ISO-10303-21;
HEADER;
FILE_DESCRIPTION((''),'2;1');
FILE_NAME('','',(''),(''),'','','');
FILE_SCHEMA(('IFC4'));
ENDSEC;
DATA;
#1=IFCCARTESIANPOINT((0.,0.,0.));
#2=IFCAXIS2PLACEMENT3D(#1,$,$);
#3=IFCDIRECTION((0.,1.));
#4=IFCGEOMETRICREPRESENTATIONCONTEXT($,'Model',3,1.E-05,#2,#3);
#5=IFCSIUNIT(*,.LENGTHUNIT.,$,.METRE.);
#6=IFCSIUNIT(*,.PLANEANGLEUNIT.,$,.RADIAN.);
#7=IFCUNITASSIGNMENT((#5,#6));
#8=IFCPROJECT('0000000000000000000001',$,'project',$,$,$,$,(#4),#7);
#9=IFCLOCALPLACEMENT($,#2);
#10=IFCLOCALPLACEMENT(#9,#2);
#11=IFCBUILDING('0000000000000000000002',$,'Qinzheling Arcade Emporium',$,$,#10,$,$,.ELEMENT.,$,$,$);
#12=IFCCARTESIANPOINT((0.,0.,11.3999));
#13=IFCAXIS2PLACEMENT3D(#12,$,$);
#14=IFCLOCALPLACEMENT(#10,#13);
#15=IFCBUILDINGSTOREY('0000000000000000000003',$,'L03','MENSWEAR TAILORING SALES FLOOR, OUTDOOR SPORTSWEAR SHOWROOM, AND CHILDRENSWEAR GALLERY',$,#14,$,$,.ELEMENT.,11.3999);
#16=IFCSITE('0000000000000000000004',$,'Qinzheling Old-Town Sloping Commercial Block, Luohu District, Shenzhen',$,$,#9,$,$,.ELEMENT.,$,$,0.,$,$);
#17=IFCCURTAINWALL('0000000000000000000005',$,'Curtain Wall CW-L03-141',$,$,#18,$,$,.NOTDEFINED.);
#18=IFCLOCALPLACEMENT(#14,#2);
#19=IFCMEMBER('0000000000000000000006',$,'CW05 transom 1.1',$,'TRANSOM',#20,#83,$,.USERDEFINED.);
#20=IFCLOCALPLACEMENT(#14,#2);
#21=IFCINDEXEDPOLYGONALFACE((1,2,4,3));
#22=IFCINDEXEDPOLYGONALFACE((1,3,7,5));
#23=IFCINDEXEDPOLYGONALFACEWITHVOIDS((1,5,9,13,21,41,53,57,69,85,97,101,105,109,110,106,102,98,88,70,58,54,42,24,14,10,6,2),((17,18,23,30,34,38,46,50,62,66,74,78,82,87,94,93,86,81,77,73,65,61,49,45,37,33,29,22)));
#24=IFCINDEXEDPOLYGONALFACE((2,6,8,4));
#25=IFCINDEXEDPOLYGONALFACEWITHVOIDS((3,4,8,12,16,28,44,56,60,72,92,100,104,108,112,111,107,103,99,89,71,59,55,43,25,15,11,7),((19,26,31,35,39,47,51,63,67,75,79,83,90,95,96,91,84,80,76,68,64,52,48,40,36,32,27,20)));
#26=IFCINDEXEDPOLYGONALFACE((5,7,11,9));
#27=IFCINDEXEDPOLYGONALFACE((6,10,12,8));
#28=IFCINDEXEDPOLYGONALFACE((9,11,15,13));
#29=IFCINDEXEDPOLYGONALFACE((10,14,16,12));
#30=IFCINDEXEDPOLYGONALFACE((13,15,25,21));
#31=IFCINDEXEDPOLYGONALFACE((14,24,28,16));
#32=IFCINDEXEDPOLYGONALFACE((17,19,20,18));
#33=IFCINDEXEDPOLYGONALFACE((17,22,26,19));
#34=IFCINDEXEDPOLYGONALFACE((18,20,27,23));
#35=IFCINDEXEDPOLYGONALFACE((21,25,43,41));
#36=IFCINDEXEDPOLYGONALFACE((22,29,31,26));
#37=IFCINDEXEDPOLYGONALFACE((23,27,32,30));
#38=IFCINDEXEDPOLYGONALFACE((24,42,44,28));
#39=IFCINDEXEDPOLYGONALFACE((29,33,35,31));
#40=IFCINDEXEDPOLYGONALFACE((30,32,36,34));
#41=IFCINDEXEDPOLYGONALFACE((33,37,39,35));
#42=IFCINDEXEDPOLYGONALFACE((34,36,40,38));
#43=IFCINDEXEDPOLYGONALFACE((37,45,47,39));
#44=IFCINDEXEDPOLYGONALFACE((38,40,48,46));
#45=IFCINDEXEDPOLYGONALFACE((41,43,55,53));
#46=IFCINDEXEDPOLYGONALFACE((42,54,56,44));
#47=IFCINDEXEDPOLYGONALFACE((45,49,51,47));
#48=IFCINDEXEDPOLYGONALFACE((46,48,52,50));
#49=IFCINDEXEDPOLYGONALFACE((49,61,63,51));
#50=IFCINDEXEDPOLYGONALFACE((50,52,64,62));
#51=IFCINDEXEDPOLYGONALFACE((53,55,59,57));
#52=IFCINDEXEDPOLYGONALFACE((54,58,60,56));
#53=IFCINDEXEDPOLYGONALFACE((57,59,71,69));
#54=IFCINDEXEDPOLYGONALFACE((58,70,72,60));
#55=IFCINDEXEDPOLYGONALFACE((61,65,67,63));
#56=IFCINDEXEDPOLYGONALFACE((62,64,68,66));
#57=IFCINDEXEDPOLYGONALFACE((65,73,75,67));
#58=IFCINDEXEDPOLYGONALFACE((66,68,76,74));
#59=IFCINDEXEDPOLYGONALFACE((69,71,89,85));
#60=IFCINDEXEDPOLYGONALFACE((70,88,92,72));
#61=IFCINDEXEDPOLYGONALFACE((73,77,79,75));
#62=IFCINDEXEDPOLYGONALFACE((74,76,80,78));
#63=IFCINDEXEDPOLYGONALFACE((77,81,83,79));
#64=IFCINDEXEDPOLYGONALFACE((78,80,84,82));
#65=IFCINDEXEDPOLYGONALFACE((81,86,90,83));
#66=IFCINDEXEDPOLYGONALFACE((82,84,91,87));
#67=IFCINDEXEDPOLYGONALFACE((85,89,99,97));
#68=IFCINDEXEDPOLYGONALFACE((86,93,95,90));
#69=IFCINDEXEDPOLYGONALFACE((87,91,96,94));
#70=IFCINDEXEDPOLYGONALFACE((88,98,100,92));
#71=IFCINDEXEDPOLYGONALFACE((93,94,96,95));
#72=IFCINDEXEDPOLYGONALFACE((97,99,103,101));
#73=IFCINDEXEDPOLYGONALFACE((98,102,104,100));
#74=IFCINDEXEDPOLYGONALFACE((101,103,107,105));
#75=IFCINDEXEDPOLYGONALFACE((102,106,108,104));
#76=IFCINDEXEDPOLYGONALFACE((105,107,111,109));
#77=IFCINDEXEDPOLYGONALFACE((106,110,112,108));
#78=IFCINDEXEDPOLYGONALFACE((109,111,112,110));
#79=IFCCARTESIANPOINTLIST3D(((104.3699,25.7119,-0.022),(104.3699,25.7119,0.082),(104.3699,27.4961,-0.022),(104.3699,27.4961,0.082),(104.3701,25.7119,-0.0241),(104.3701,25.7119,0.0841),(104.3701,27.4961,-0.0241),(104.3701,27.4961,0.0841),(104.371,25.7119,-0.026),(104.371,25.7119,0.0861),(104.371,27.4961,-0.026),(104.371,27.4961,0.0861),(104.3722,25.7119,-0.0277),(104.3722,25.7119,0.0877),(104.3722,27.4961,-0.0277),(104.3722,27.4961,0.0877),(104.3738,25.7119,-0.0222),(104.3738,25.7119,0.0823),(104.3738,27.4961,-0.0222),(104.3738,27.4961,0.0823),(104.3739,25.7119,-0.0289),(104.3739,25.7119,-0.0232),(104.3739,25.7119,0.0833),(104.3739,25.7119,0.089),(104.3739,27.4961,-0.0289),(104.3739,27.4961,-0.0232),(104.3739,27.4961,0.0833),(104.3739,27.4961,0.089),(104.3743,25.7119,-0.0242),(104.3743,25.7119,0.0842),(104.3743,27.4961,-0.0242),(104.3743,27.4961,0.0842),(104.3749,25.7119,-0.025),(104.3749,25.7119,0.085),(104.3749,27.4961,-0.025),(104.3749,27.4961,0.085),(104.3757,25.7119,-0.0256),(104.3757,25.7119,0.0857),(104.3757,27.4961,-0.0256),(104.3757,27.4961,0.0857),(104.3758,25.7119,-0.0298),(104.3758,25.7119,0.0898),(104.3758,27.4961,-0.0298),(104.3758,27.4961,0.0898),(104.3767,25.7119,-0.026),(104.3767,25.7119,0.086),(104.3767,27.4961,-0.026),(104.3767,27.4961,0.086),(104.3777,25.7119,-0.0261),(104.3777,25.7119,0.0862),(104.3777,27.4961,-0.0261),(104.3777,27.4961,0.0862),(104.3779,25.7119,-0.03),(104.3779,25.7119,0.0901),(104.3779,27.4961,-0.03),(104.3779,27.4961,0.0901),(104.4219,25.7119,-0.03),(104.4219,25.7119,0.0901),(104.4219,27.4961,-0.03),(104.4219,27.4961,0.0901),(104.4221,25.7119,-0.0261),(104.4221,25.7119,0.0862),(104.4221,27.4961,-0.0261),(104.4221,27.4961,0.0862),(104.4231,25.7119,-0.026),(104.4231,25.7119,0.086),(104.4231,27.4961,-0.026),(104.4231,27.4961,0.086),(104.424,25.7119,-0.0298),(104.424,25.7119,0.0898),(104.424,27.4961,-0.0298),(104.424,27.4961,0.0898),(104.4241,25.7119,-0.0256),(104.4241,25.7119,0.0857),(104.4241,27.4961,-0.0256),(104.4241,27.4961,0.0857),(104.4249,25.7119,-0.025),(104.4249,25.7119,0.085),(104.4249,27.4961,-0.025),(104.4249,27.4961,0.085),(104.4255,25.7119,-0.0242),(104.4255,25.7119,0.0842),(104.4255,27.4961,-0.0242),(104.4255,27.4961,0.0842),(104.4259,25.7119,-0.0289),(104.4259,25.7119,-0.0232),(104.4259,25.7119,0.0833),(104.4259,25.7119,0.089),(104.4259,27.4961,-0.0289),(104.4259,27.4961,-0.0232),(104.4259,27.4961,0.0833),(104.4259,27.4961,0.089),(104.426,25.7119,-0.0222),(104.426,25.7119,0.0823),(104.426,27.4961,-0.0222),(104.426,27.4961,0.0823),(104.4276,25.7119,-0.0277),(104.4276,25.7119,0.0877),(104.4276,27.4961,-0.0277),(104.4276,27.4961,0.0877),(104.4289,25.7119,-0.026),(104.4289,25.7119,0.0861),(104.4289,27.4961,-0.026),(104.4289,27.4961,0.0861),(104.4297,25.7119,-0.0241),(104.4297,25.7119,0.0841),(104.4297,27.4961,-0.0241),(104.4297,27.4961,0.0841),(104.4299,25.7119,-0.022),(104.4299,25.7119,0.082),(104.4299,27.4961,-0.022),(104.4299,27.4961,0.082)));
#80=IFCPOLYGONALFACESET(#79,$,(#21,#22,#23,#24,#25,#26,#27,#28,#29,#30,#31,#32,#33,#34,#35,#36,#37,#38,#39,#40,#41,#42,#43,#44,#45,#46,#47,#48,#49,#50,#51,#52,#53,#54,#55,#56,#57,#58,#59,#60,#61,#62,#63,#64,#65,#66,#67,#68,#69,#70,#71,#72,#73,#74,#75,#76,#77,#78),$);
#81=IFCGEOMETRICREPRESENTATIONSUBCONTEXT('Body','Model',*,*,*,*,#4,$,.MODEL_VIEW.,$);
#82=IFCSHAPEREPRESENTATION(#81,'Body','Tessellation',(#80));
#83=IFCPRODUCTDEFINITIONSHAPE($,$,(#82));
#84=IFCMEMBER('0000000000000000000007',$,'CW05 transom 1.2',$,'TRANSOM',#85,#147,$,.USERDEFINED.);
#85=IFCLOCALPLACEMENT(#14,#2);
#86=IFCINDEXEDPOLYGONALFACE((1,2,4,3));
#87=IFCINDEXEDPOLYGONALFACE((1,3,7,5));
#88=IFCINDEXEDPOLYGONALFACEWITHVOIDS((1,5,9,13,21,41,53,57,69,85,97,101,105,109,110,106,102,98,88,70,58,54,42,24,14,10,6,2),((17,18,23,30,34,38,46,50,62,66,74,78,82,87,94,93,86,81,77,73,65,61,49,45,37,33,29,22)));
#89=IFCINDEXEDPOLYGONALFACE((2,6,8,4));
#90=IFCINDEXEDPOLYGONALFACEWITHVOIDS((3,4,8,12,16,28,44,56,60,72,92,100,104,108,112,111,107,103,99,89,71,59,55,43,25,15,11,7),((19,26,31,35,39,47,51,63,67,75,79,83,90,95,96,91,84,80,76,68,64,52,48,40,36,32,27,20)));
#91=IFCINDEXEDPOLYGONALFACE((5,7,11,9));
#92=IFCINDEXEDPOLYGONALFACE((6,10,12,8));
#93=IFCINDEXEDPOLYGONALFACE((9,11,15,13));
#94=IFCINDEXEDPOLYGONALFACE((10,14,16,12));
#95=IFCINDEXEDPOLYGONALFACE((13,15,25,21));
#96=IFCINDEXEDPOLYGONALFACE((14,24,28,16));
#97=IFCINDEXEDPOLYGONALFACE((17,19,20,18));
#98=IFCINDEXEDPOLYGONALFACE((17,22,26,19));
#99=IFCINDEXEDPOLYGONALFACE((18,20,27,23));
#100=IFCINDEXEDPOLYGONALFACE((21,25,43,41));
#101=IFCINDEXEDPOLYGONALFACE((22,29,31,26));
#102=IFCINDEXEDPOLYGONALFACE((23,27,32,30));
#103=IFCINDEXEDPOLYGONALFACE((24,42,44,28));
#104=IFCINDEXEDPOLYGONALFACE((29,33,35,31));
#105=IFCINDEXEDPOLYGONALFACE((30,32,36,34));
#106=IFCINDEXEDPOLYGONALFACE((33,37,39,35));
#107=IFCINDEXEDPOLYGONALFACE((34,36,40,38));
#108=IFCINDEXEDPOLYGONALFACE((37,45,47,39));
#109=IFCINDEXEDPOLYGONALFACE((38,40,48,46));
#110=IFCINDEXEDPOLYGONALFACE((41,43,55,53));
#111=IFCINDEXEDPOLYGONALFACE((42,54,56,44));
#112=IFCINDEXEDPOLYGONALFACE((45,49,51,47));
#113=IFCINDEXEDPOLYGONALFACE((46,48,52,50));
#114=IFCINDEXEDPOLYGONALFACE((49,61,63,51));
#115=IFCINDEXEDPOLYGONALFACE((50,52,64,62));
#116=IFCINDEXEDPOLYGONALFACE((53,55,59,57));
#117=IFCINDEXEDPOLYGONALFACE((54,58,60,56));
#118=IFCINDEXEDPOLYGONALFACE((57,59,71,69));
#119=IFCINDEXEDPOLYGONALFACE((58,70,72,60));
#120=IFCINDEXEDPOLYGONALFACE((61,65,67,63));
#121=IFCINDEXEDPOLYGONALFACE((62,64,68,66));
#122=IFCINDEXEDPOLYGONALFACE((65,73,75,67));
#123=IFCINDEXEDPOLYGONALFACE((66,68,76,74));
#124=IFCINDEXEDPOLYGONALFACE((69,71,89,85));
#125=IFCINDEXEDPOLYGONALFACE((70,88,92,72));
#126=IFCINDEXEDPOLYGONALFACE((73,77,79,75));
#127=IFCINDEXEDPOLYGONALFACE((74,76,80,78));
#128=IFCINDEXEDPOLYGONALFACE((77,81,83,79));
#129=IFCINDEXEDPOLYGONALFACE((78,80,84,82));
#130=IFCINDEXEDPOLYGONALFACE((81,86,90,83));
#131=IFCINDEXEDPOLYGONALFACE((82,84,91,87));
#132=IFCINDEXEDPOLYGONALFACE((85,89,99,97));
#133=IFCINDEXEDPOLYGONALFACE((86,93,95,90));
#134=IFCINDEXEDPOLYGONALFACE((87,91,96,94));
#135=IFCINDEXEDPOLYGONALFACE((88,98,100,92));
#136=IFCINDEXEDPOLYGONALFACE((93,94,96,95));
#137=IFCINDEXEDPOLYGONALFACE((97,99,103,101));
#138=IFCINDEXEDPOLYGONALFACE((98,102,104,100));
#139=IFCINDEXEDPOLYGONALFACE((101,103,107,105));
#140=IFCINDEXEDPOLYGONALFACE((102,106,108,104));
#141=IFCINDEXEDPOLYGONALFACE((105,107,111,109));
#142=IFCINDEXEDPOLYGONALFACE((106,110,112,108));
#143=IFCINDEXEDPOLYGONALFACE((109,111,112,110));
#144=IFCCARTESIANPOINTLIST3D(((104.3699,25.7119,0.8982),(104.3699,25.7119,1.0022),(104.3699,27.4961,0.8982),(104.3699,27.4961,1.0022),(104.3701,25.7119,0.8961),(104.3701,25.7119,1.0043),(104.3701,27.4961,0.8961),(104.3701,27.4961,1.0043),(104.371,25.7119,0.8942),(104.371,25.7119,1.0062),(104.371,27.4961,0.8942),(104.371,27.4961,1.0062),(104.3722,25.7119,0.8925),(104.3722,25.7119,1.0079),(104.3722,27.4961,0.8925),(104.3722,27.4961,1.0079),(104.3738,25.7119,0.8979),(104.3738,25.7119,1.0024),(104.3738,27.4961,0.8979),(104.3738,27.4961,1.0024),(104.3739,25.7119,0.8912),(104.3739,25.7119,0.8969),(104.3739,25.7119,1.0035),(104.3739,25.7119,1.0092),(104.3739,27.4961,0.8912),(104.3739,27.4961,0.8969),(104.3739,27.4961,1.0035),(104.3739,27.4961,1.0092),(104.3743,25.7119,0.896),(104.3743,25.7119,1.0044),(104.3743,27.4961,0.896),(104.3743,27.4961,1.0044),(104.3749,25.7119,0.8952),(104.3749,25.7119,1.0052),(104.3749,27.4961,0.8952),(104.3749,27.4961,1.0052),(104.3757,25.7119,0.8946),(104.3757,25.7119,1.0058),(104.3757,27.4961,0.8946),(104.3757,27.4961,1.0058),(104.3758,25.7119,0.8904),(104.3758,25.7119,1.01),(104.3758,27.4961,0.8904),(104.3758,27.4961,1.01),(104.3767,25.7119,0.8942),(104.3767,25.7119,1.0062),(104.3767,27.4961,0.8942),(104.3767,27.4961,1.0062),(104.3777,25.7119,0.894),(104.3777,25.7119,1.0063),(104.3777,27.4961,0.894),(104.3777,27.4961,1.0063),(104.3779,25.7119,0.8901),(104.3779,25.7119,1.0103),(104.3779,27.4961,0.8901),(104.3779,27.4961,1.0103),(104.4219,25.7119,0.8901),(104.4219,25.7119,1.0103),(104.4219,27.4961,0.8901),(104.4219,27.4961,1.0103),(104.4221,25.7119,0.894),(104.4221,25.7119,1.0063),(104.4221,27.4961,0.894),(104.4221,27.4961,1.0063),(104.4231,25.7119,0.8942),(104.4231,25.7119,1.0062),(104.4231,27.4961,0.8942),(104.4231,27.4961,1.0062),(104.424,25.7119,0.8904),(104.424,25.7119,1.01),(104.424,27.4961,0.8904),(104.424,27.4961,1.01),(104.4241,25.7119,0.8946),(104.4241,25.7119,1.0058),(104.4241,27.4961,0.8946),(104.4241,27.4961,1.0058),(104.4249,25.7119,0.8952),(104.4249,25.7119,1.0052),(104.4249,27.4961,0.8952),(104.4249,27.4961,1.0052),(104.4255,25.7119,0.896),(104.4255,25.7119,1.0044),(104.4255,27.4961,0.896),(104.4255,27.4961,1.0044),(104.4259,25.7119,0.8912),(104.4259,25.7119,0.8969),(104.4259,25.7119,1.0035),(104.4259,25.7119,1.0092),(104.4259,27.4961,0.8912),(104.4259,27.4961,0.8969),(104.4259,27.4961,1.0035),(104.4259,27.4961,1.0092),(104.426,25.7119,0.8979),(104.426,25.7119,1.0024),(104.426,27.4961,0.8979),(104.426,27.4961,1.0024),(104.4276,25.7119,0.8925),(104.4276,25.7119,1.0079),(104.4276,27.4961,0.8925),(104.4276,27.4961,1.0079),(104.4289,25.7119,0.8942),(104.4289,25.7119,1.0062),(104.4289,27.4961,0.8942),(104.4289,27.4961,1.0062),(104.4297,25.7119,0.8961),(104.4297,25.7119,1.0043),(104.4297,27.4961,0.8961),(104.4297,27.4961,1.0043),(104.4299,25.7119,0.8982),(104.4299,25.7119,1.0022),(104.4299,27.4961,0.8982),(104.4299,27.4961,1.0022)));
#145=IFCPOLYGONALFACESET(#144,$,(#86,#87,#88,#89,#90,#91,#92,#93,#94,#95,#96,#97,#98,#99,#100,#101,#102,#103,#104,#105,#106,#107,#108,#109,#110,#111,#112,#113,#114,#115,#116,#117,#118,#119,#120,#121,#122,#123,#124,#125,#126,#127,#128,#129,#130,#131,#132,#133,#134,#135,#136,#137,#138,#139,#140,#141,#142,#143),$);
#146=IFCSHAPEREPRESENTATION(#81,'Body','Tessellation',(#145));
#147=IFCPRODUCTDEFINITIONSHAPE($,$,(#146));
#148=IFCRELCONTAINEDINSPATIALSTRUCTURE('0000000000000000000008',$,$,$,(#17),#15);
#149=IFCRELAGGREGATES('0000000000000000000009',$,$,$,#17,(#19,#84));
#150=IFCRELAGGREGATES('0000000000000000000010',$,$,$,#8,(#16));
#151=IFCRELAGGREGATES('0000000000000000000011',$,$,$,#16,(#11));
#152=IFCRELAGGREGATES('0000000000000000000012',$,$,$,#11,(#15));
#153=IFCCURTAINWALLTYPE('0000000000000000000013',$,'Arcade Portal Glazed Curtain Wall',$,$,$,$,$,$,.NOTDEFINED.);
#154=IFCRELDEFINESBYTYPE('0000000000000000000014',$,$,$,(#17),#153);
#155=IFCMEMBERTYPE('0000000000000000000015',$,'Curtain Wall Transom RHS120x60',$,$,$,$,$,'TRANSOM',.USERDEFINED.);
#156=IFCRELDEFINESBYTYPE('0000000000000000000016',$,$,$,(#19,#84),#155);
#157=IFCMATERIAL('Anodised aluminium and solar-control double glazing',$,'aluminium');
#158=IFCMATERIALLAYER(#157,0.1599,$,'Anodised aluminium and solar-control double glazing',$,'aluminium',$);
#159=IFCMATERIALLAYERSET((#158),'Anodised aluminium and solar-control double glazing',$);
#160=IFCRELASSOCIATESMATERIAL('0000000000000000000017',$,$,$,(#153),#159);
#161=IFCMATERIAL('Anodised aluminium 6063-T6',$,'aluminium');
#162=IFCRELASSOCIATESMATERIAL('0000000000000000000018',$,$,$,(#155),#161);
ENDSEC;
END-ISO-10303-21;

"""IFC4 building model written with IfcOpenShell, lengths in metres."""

from ifc_helpers import new_model, si_unit, direction, frame, origin, origin_2d, place, context, subcontext, project, spatial, hollow_rectangle, extrude, material, layer, layer_set, material_profile, profile_set, type_object, element, aggregate, save


model = new_model("IFC4")

# Units and contexts
model_context = context("Model", 3, precision=1e-05, world=origin(), true_north=direction((0.0, 1.0)))
body_context = subcontext(model_context, "Body", "Model", "MODEL_VIEW")
ifc_project = project(units=[si_unit("LENGTHUNIT", "METRE"), si_unit("PLANEANGLEUNIT", "RADIAN")], contexts=[model_context])

# Site, building, storey
site_placement = place(None, origin())
site = spatial("IfcSite", under=ifc_project, at=site_placement, Name="Qinzheling Old-Town Sloping Commercial Block, Luohu District, Shenzhen", CompositionType="ELEMENT", RefElevation=0.0)
building_placement = place(site_placement, origin())
building = spatial("IfcBuilding", under=site, at=building_placement, Name="Qinzheling Arcade Emporium", CompositionType="ELEMENT")
storey_placement = place(building_placement, frame((0.0, 0.0, 11.3999)))
storey = spatial("IfcBuildingStorey", under=building, at=storey_placement, Name="L03", Description="MENSWEAR TAILORING SALES FLOOR, OUTDOOR SPORTSWEAR SHOWROOM, AND CHILDRENSWEAR GALLERY", CompositionType="ELEMENT", Elevation=11.3999)

# Curtain wall, members
ifc_material_1 = material(Name="Anodised aluminium and solar-control double glazing", Category="aluminium")
ifc_layer_1 = layer(ifc_material_1, 0.1599, Name="Anodised aluminium and solar-control double glazing", Category="aluminium")
ifc_layer_set_1 = layer_set([ifc_layer_1], Name="Anodised aluminium and solar-control double glazing")
curtain_wall_type = type_object("IfcCurtainWallType", Name="Arcade Portal Glazed Curtain Wall", PredefinedType="NOTDEFINED", material=ifc_layer_set_1)
curtain_wall_placement = place(storey_placement, origin())
curtain_wall = element("IfcCurtainWall", 1, at=curtain_wall_placement, inside=storey, type_object=curtain_wall_type, Name="Curtain Wall CW-L03-141", PredefinedType="NOTDEFINED")
ifc_material_2 = material(Name="Anodised aluminium 6063-T6", Category="aluminium")
ifc_material_profile_1 = material_profile(ifc_material_2, hollow_rectangle(XDim=0.0601, YDim=0.1201, WallThickness=0.0039, InnerFilletRadius=0.0039, OuterFilletRadius=0.0081, at=origin_2d()), Name="RHS 120x60x4", Category="aluminium")
ifc_profile_set_1 = profile_set([ifc_material_profile_1], Name="Anodised aluminium 6063-T6")
member_type_1 = type_object("IfcMemberType", Name="Curtain Wall Transom RHS120x60", ElementType="TRANSOM", PredefinedType="USERDEFINED", material=ifc_profile_set_1)
member_1_placement = place(storey_placement, frame((104.3999, 25.7119, 0.03), z_axis=(0.0, 1.0, 0.0), x_axis=(-1.0, 0.0, 0.0)))
member_1 = element("IfcMember", 2, at=member_1_placement, type_object=member_type_1, Name="CW05 transom 1.1", ObjectType="TRANSOM", PredefinedType="USERDEFINED", context=body_context, shape_type="SweptSolid", body=[
    extrude(hollow_rectangle(XDim=0.0601, YDim=0.1201, WallThickness=0.0039, InnerFilletRadius=0.0039, OuterFilletRadius=0.0081, at=origin_2d()), origin(), (0.0, 0.0, 1.0), 1.7842),
])
member_2_placement = place(storey_placement, frame((104.3999, 25.7119, 0.9502), z_axis=(0.0, 1.0, 0.0), x_axis=(-1.0, 0.0, 0.0)))
member_2 = element("IfcMember", 3, at=member_2_placement, type_object=member_type_1, Name="CW05 transom 1.2", ObjectType="TRANSOM", PredefinedType="USERDEFINED", context=body_context, shape_type="SweptSolid", body=[
    extrude(hollow_rectangle(XDim=0.0601, YDim=0.1201, WallThickness=0.0039, InnerFilletRadius=0.0039, OuterFilletRadius=0.0081, at=origin_2d()), origin(), (0.0, 0.0, 1.0), 1.7842),
])
aggregate(curtain_wall, [member_1, member_2])

save(model, "model.ifc")
